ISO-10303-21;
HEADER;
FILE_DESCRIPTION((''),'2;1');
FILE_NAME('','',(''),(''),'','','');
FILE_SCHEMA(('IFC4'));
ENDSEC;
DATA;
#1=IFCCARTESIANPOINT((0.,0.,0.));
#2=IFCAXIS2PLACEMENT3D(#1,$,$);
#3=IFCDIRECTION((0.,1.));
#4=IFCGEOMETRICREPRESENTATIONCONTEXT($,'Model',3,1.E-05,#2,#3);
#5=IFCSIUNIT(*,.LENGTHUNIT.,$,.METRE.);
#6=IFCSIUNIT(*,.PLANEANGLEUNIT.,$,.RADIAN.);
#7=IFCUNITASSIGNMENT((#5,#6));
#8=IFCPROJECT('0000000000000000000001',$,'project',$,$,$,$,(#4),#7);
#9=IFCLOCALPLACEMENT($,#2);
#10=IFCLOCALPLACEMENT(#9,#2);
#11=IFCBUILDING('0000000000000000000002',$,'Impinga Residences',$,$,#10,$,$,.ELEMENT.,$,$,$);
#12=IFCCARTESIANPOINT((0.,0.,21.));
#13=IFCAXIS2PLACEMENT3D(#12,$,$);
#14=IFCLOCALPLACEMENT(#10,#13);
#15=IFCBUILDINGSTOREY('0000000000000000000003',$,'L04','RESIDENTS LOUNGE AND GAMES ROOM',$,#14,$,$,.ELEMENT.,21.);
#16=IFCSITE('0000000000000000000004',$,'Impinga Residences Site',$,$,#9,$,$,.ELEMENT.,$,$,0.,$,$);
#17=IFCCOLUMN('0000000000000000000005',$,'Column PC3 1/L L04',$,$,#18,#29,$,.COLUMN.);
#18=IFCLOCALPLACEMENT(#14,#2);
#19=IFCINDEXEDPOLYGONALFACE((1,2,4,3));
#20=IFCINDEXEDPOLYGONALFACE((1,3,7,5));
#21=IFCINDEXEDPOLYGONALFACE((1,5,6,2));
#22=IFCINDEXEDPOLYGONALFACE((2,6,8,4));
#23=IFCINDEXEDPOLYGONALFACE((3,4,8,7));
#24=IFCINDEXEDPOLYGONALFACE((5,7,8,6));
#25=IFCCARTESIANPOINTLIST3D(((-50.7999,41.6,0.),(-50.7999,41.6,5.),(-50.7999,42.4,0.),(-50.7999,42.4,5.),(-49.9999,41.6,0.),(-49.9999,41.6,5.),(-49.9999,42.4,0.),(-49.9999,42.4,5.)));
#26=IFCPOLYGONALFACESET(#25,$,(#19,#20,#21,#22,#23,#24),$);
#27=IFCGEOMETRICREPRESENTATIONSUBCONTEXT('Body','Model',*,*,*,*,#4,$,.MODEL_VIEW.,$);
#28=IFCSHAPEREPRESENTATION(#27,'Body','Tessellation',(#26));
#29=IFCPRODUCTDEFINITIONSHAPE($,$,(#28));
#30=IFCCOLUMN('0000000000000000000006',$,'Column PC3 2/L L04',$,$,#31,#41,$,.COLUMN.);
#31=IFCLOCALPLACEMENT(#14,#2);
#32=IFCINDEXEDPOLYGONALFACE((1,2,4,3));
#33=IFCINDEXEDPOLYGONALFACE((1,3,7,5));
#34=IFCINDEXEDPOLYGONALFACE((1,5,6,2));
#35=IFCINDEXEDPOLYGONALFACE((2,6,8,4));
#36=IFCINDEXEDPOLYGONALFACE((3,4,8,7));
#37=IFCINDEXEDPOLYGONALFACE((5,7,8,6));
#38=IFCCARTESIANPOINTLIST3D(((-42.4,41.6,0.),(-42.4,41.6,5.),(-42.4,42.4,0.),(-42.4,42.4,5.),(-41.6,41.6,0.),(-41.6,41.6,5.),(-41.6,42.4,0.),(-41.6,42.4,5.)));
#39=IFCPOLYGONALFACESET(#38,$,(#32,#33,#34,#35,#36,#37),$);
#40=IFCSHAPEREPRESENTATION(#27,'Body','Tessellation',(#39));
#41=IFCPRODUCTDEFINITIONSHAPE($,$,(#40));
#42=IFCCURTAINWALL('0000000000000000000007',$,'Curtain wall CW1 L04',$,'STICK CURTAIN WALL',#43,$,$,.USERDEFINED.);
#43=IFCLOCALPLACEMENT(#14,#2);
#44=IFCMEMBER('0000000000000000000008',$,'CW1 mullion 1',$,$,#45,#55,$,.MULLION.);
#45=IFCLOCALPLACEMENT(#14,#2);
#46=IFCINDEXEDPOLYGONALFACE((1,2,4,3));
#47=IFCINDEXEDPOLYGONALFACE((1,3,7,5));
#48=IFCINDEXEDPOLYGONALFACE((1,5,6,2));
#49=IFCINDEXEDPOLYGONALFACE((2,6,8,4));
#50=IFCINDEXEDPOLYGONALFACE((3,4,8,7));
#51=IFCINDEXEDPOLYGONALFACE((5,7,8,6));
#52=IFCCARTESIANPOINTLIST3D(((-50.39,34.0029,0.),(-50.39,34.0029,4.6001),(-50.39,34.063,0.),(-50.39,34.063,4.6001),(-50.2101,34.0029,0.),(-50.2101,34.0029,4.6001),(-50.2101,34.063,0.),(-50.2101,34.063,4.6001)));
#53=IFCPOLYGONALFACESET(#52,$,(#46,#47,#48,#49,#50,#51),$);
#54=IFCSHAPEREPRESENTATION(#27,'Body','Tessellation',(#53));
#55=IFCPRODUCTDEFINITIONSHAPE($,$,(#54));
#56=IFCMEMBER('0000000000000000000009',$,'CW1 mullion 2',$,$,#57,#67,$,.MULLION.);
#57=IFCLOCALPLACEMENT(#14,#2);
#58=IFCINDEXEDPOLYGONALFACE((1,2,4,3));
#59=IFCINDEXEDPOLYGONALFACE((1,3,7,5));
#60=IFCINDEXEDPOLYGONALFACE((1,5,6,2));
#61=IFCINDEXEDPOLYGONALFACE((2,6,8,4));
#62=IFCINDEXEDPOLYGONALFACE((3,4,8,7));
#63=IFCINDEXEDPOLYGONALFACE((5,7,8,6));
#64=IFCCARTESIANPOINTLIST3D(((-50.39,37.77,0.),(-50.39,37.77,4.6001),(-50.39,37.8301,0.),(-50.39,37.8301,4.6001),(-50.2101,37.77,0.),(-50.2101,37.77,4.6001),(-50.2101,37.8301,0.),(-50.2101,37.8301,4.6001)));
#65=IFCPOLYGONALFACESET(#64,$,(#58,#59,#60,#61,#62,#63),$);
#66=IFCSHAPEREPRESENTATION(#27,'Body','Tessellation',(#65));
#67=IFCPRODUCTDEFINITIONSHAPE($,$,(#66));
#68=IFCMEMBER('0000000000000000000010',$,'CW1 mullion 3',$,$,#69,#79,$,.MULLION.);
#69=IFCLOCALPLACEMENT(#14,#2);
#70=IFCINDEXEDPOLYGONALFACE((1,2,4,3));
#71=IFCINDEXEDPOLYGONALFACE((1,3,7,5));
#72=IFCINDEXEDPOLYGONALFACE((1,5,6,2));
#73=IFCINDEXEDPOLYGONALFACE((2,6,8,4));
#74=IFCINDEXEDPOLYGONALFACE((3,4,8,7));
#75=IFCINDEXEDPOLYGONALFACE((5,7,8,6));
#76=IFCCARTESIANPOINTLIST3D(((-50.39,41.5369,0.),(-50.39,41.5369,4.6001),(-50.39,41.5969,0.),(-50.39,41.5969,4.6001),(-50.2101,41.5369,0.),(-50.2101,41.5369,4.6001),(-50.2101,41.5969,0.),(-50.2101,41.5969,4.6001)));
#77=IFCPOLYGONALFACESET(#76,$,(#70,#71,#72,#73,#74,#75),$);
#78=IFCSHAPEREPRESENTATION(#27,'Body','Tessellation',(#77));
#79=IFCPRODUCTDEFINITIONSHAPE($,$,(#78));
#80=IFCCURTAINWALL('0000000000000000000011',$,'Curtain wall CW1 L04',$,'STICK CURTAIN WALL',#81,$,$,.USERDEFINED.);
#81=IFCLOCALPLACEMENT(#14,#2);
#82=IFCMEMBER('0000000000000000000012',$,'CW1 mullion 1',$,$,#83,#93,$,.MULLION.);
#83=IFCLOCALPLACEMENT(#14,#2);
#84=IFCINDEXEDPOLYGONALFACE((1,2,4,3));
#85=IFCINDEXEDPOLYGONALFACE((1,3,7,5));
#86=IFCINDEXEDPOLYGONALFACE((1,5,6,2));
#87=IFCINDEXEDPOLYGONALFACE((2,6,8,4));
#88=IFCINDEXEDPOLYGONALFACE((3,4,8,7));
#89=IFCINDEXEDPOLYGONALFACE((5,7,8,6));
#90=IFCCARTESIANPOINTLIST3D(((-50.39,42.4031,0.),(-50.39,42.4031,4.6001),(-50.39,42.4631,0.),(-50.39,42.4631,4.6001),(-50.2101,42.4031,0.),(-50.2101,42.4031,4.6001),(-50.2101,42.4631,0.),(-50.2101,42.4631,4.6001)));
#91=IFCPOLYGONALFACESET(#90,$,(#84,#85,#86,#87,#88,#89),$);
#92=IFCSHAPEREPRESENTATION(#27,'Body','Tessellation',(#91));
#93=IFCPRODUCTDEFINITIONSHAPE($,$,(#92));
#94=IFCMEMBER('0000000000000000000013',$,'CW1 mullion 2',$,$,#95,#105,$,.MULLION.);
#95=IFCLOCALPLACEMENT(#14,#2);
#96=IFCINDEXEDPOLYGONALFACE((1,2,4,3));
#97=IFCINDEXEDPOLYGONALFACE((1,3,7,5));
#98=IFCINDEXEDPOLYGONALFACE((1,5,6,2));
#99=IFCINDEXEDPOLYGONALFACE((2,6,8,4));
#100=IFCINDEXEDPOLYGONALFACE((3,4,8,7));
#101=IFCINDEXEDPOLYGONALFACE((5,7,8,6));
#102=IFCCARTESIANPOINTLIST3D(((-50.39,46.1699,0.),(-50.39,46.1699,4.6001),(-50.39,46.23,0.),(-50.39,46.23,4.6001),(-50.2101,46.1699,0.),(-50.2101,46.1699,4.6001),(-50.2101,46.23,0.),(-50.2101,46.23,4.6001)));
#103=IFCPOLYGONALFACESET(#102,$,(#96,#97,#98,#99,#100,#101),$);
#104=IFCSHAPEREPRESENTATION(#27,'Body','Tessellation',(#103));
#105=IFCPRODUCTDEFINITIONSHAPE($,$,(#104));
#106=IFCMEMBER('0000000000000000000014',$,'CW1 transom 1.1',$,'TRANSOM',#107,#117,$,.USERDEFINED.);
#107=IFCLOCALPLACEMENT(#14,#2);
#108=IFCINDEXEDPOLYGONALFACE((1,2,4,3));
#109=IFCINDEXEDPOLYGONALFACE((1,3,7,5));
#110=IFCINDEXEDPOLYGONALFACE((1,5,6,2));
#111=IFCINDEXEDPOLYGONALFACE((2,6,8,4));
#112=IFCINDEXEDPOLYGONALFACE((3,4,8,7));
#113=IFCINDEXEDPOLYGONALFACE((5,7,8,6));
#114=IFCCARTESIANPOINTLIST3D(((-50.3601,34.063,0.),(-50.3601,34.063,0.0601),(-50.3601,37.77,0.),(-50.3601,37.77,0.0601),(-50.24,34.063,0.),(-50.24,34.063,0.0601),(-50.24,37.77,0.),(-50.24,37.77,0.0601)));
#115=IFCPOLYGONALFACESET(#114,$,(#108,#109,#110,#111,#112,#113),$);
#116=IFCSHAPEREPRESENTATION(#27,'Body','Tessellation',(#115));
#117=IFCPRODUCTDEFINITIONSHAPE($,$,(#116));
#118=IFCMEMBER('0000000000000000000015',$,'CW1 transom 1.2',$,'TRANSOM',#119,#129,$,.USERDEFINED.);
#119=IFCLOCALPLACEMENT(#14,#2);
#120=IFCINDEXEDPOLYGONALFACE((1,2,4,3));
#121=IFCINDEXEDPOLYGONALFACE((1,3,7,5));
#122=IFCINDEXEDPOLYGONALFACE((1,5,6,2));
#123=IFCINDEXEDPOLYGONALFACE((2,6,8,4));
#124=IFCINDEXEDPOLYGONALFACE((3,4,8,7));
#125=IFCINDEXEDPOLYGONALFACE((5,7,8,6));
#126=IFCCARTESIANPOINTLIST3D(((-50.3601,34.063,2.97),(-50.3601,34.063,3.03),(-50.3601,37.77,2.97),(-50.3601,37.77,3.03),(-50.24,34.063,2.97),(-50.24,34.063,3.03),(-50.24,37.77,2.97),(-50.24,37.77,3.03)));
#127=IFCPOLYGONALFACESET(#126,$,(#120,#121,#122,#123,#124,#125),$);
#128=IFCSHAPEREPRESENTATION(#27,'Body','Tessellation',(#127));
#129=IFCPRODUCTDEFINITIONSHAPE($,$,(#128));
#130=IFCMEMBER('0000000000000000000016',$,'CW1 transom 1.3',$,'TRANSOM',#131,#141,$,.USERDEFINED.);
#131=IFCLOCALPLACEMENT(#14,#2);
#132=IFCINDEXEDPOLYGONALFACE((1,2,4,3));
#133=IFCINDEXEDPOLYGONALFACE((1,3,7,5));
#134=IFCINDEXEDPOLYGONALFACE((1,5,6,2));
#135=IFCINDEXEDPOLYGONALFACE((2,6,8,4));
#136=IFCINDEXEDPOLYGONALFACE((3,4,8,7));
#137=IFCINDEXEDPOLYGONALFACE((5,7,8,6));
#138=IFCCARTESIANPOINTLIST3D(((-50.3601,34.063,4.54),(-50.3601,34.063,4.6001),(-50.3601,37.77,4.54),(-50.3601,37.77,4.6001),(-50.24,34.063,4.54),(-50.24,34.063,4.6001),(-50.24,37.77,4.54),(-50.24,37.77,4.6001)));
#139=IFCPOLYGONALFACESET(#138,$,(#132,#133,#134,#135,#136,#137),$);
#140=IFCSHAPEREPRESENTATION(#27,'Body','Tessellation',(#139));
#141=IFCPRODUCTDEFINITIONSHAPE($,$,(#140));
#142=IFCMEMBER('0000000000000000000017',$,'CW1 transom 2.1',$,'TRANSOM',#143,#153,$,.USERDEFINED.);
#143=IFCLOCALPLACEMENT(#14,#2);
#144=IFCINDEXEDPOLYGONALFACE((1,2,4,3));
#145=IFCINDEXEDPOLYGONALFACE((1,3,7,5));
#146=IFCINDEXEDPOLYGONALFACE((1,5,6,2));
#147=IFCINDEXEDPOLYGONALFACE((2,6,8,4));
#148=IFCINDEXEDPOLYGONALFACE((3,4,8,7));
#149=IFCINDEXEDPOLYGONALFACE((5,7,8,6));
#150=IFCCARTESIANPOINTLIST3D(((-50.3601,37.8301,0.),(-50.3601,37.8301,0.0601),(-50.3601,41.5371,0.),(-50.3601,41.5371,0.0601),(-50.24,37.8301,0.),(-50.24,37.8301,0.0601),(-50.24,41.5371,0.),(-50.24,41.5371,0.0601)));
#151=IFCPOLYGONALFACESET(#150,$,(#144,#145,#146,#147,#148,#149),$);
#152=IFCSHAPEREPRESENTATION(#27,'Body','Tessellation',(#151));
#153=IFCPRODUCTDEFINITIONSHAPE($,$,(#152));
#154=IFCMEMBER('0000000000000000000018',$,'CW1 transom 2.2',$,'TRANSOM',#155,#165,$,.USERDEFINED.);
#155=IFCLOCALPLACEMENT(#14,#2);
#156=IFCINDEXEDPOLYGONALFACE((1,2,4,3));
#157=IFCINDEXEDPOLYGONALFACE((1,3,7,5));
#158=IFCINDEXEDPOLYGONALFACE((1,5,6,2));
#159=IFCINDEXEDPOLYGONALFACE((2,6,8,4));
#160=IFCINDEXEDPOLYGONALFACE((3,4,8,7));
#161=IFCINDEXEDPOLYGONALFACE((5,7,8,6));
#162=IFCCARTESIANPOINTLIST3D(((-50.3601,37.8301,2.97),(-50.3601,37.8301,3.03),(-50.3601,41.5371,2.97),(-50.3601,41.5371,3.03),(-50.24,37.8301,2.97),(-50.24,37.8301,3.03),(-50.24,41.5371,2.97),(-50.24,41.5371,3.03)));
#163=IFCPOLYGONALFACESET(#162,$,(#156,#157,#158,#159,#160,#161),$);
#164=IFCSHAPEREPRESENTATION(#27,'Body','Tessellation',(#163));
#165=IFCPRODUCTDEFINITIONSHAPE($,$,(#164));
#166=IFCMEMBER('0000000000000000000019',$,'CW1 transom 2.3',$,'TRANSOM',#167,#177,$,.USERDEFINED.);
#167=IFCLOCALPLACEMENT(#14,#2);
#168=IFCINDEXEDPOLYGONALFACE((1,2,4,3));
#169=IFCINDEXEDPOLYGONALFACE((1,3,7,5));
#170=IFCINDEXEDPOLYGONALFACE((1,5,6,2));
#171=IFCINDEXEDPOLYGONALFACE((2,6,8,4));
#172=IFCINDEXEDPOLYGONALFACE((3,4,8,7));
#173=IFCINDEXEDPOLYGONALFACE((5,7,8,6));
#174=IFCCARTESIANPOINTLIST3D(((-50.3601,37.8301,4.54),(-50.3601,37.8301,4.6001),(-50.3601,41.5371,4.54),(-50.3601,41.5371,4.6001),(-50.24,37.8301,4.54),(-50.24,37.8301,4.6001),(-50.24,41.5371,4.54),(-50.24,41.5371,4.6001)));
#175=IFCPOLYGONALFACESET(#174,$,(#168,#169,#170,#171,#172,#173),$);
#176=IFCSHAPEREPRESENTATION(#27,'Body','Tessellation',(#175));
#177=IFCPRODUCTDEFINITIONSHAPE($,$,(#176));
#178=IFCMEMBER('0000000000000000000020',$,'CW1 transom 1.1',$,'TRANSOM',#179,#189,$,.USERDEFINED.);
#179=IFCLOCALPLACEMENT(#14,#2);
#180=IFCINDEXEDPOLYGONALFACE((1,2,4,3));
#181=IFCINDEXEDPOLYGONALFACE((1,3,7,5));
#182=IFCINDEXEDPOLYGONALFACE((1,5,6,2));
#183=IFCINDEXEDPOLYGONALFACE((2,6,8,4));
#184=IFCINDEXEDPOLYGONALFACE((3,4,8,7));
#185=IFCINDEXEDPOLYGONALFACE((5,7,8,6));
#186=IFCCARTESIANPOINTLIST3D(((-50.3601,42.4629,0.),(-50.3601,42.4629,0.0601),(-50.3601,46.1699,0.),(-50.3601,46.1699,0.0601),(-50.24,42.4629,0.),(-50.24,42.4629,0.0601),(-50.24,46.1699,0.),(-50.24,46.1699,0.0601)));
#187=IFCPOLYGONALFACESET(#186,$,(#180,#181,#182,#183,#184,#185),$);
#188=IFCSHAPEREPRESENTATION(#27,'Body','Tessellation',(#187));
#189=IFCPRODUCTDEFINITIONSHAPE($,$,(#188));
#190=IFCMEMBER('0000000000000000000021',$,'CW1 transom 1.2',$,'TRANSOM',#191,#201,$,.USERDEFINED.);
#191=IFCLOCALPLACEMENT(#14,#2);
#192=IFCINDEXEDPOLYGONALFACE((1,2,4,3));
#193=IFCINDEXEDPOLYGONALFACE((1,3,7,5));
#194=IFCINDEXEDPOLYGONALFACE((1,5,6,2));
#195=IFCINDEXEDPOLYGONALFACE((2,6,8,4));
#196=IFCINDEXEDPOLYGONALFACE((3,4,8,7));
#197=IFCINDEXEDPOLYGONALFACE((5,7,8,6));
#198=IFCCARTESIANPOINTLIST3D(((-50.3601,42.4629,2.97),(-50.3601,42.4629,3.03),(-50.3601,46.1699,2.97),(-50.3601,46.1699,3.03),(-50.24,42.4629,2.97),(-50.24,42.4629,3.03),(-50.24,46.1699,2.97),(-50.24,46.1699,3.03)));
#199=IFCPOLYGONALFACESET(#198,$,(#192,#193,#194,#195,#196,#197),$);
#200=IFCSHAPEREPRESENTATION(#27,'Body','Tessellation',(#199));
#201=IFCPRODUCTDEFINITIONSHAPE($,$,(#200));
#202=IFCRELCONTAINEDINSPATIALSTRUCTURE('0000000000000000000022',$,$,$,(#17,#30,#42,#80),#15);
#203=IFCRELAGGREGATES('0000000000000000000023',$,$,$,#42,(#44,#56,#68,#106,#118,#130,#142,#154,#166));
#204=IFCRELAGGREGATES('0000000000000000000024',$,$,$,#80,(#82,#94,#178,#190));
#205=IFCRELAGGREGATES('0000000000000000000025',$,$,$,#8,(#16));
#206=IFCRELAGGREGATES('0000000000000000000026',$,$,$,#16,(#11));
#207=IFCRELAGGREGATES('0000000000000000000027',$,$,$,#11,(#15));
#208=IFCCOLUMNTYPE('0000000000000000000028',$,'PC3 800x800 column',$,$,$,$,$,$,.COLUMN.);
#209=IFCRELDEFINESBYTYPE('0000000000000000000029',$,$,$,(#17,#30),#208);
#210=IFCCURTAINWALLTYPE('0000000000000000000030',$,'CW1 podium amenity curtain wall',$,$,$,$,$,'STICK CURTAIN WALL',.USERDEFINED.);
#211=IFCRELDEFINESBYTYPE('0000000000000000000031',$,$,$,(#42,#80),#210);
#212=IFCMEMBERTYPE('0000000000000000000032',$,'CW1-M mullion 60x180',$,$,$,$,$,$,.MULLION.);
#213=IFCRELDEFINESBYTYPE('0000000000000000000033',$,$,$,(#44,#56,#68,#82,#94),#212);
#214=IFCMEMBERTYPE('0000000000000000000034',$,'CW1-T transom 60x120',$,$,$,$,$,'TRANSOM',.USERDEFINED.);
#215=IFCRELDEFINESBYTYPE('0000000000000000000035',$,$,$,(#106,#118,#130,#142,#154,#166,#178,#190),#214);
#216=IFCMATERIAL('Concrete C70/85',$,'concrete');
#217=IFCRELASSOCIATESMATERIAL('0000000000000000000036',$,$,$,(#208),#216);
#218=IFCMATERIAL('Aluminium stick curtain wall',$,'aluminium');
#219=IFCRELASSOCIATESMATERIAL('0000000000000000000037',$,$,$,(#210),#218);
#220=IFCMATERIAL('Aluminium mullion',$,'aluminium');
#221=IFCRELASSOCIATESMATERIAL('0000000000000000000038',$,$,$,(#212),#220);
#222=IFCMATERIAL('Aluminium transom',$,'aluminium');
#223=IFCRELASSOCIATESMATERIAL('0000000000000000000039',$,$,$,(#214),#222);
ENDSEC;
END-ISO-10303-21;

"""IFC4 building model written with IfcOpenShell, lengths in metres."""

from ifc_helpers import new_model, si_unit, direction, frame, origin, origin_2d, place, context, subcontext, project, spatial, rectangle, extrude, material, material_profile, profile_set, type_object, element, aggregate, save


model = new_model("IFC4")

# Units and contexts
model_context = context("Model", 3, precision=1e-05, world=origin(), true_north=direction((0.0, 1.0)))
body_context = subcontext(model_context, "Body", "Model", "MODEL_VIEW")
ifc_project = project(units=[si_unit("LENGTHUNIT", "METRE"), si_unit("PLANEANGLEUNIT", "RADIAN")], contexts=[model_context])

# Site, building, storey
site_placement = place(None, origin())
site = spatial("IfcSite", under=ifc_project, at=site_placement, Name="Impinga Residences Site", CompositionType="ELEMENT", RefElevation=0.0)
building_placement = place(site_placement, origin())
building = spatial("IfcBuilding", under=site, at=building_placement, Name="Impinga Residences", CompositionType="ELEMENT")
storey_placement = place(building_placement, frame((0.0, 0.0, 21.0)))
storey = spatial("IfcBuildingStorey", under=building, at=storey_placement, Name="L04", Description="RESIDENTS LOUNGE AND GAMES ROOM", CompositionType="ELEMENT", Elevation=21.0)

# Columns
ifc_material_1 = material(Name="Concrete C70/85", Category="concrete")
ifc_material_profile_1 = material_profile(ifc_material_1, rectangle(XDim=0.8, YDim=0.8, at=origin_2d()), Name="RC 800x800")
ifc_profile_set_1 = profile_set([ifc_material_profile_1], Name="Concrete C70/85")
column_type = type_object("IfcColumnType", Name="PC3 800x800 column", PredefinedType="COLUMN", material=ifc_profile_set_1)
for number, where, z_axis, x_axis, name in (
    (1, (-50.3999, 42.0, 0.0), (0.0, 0.0, 1.0), (1.0, 0.0, 0.0), "Column PC3 1/L L04"),
    (2, (-42.0, 42.0, 0.0), (0.0, 0.0, 1.0), (1.0, 0.0, 0.0), "Column PC3 2/L L04"),
):
    element("IfcColumn", number, at=place(storey_placement, frame(where, z_axis=z_axis, x_axis=x_axis)), inside=storey, type_object=column_type, Name=name, PredefinedType="COLUMN", context=body_context, shape_type="SweptSolid", body=[
        extrude(rectangle(XDim=0.8, YDim=0.8, at=origin_2d()), origin(), (0.0, 0.0, 1.0), 5.0),
    ])

# Curtain walls, members
ifc_material_2 = material(Name="Aluminium stick curtain wall", Category="aluminium")
curtain_wall_type = type_object("IfcCurtainWallType", Name="CW1 podium amenity curtain wall", ElementType="STICK CURTAIN WALL", PredefinedType="USERDEFINED", material=ifc_material_2)
curtain_wall_1_placement = place(storey_placement, origin())
curtain_wall_1 = element("IfcCurtainWall", 3, at=curtain_wall_1_placement, inside=storey, type_object=curtain_wall_type, Name="Curtain wall CW1 L04", ObjectType="STICK CURTAIN WALL", PredefinedType="USERDEFINED")
ifc_material_3 = material(Name="Aluminium mullion", Category="aluminium")
ifc_material_profile_2 = material_profile(ifc_material_3, rectangle(XDim=0.0601, YDim=0.1799, at=origin_2d()), Name="60x180 mullion")
ifc_profile_set_2 = profile_set([ifc_material_profile_2], Name="Aluminium mullion")
member_type_1 = type_object("IfcMemberType", Name="CW1-M mullion 60x180", PredefinedType="MULLION", material=ifc_profile_set_2)
member_1_placement = place(storey_placement, frame((-50.3, 34.033, 0.0), z_axis=(0.0, 0.0, 1.0), x_axis=(0.0, 1.0, 0.0)))
member_1 = element("IfcMember", 4, at=member_1_placement, type_object=member_type_1, Name="CW1 mullion 1", PredefinedType="MULLION", context=body_context, shape_type="SweptSolid", body=[
    extrude(rectangle(XDim=0.0601, YDim=0.1799, at=origin_2d()), origin(), (0.0, 0.0, 1.0), 4.6001),
])
member_2_placement = place(storey_placement, frame((-50.3, 37.8, 0.0), z_axis=(0.0, 0.0, 1.0), x_axis=(0.0, 1.0, 0.0)))
member_2 = element("IfcMember", 5, at=member_2_placement, type_object=member_type_1, Name="CW1 mullion 2", PredefinedType="MULLION", context=body_context, shape_type="SweptSolid", body=[
    extrude(rectangle(XDim=0.0601, YDim=0.1799, at=origin_2d()), origin(), (0.0, 0.0, 1.0), 4.6001),
])
member_3_placement = place(storey_placement, frame((-50.3, 41.5669, 0.0), z_axis=(0.0, 0.0, 1.0), x_axis=(0.0, 1.0, 0.0)))
member_3 = element("IfcMember", 6, at=member_3_placement, type_object=member_type_1, Name="CW1 mullion 3", PredefinedType="MULLION", context=body_context, shape_type="SweptSolid", body=[
    extrude(rectangle(XDim=0.0601, YDim=0.1799, at=origin_2d()), origin(), (0.0, 0.0, 1.0), 4.6001),
])
curtain_wall_2_placement = place(storey_placement, origin())
curtain_wall_2 = element("IfcCurtainWall", 7, at=curtain_wall_2_placement, inside=storey, type_object=curtain_wall_type, Name="Curtain wall CW1 L04", ObjectType="STICK CURTAIN WALL", PredefinedType="USERDEFINED")
member_4_placement = place(storey_placement, frame((-50.3, 42.4331, 0.0), z_axis=(0.0, 0.0, 1.0), x_axis=(0.0, 1.0, 0.0)))
member_4 = element("IfcMember", 8, at=member_4_placement, type_object=member_type_1, Name="CW1 mullion 1", PredefinedType="MULLION", context=body_context, shape_type="SweptSolid", body=[
    extrude(rectangle(XDim=0.0601, YDim=0.1799, at=origin_2d()), origin(), (0.0, 0.0, 1.0), 4.6001),
])
member_5_placement = place(storey_placement, frame((-50.3, 46.2, 0.0), z_axis=(0.0, 0.0, 1.0), x_axis=(0.0, 1.0, 0.0)))
member_5 = element("IfcMember", 9, at=member_5_placement, type_object=member_type_1, Name="CW1 mullion 2", PredefinedType="MULLION", context=body_context, shape_type="SweptSolid", body=[
    extrude(rectangle(XDim=0.0601, YDim=0.1799, at=origin_2d()), origin(), (0.0, 0.0, 1.0), 4.6001),
])

# Members
ifc_material_4 = material(Name="Aluminium transom", Category="aluminium")
ifc_material_profile_3 = material_profile(ifc_material_4, rectangle(XDim=0.0601, YDim=0.1201, at=origin_2d()), Name="60x120 transom")
ifc_profile_set_3 = profile_set([ifc_material_profile_3], Name="Aluminium transom")
member_type_2 = type_object("IfcMemberType", Name="CW1-T transom 60x120", ElementType="TRANSOM", PredefinedType="USERDEFINED", material=ifc_profile_set_3)
member_6_placement = place(storey_placement, frame((-50.3, 34.063, 0.03), z_axis=(0.0, 1.0, 0.0), x_axis=(0.0, 0.0, 1.0)))
member_6 = element("IfcMember", 10, at=member_6_placement, type_object=member_type_2, Name="CW1 transom 1.1", ObjectType="TRANSOM", PredefinedType="USERDEFINED", context=body_context, shape_type="SweptSolid", body=[
    extrude(rectangle(XDim=0.0601, YDim=0.1201, at=origin_2d()), origin(), (0.0, 0.0, 1.0), 3.707),
])
member_7_placement = place(storey_placement, frame((-50.3, 34.063, 3.0), z_axis=(0.0, 1.0, 0.0), x_axis=(0.0, 0.0, 1.0)))
member_7 = element("IfcMember", 11, at=member_7_placement, type_object=member_type_2, Name="CW1 transom 1.2", ObjectType="TRANSOM", PredefinedType="USERDEFINED", context=body_context, shape_type="SweptSolid", body=[
    extrude(rectangle(XDim=0.0601, YDim=0.1201, at=origin_2d()), origin(), (0.0, 0.0, 1.0), 3.707),
])
member_8_placement = place(storey_placement, frame((-50.3, 34.063, 4.5701), z_axis=(0.0, 1.0, 0.0), x_axis=(0.0, 0.0, 1.0)))
member_8 = element("IfcMember", 12, at=member_8_placement, type_object=member_type_2, Name="CW1 transom 1.3", ObjectType="TRANSOM", PredefinedType="USERDEFINED", context=body_context, shape_type="SweptSolid", body=[
    extrude(rectangle(XDim=0.0601, YDim=0.1201, at=origin_2d()), origin(), (0.0, 0.0, 1.0), 3.707),
])
member_9_placement = place(storey_placement, frame((-50.3, 37.8301, 0.03), z_axis=(0.0, 1.0, 0.0), x_axis=(0.0, 0.0, 1.0)))
member_9 = element("IfcMember", 13, at=member_9_placement, type_object=member_type_2, Name="CW1 transom 2.1", ObjectType="TRANSOM", PredefinedType="USERDEFINED", context=body_context, shape_type="SweptSolid", body=[
    extrude(rectangle(XDim=0.0601, YDim=0.1201, at=origin_2d()), origin(), (0.0, 0.0, 1.0), 3.707),
])
member_10_placement = place(storey_placement, frame((-50.3, 37.8301, 3.0), z_axis=(0.0, 1.0, 0.0), x_axis=(0.0, 0.0, 1.0)))
member_10 = element("IfcMember", 14, at=member_10_placement, type_object=member_type_2, Name="CW1 transom 2.2", ObjectType="TRANSOM", PredefinedType="USERDEFINED", context=body_context, shape_type="SweptSolid", body=[
    extrude(rectangle(XDim=0.0601, YDim=0.1201, at=origin_2d()), origin(), (0.0, 0.0, 1.0), 3.707),
])
member_11_placement = place(storey_placement, frame((-50.3, 37.8301, 4.5701), z_axis=(0.0, 1.0, 0.0), x_axis=(0.0, 0.0, 1.0)))
member_11 = element("IfcMember", 15, at=member_11_placement, type_object=member_type_2, Name="CW1 transom 2.3", ObjectType="TRANSOM", PredefinedType="USERDEFINED", context=body_context, shape_type="SweptSolid", body=[
    extrude(rectangle(XDim=0.0601, YDim=0.1201, at=origin_2d()), origin(), (0.0, 0.0, 1.0), 3.707),
])
member_12_placement = place(storey_placement, frame((-50.3, 42.4629, 0.03), z_axis=(0.0, 1.0, 0.0), x_axis=(0.0, 0.0, 1.0)))
member_12 = element("IfcMember", 16, at=member_12_placement, type_object=member_type_2, Name="CW1 transom 1.1", ObjectType="TRANSOM", PredefinedType="USERDEFINED", context=body_context, shape_type="SweptSolid", body=[
    extrude(rectangle(XDim=0.0601, YDim=0.1201, at=origin_2d()), origin(), (0.0, 0.0, 1.0), 3.707),
])
member_13_placement = place(storey_placement, frame((-50.3, 42.4629, 3.0), z_axis=(0.0, 1.0, 0.0), x_axis=(0.0, 0.0, 1.0)))
member_13 = element("IfcMember", 17, at=member_13_placement, type_object=member_type_2, Name="CW1 transom 1.2", ObjectType="TRANSOM", PredefinedType="USERDEFINED", context=body_context, shape_type="SweptSolid", body=[
    extrude(rectangle(XDim=0.0601, YDim=0.1201, at=origin_2d()), origin(), (0.0, 0.0, 1.0), 3.707),
])

aggregate(curtain_wall_1, [member_1, member_2, member_3, member_6, member_7, member_8, member_9, member_10, member_11])
aggregate(curtain_wall_2, [member_4, member_5, member_12, member_13])

save(model, "model.ifc")
